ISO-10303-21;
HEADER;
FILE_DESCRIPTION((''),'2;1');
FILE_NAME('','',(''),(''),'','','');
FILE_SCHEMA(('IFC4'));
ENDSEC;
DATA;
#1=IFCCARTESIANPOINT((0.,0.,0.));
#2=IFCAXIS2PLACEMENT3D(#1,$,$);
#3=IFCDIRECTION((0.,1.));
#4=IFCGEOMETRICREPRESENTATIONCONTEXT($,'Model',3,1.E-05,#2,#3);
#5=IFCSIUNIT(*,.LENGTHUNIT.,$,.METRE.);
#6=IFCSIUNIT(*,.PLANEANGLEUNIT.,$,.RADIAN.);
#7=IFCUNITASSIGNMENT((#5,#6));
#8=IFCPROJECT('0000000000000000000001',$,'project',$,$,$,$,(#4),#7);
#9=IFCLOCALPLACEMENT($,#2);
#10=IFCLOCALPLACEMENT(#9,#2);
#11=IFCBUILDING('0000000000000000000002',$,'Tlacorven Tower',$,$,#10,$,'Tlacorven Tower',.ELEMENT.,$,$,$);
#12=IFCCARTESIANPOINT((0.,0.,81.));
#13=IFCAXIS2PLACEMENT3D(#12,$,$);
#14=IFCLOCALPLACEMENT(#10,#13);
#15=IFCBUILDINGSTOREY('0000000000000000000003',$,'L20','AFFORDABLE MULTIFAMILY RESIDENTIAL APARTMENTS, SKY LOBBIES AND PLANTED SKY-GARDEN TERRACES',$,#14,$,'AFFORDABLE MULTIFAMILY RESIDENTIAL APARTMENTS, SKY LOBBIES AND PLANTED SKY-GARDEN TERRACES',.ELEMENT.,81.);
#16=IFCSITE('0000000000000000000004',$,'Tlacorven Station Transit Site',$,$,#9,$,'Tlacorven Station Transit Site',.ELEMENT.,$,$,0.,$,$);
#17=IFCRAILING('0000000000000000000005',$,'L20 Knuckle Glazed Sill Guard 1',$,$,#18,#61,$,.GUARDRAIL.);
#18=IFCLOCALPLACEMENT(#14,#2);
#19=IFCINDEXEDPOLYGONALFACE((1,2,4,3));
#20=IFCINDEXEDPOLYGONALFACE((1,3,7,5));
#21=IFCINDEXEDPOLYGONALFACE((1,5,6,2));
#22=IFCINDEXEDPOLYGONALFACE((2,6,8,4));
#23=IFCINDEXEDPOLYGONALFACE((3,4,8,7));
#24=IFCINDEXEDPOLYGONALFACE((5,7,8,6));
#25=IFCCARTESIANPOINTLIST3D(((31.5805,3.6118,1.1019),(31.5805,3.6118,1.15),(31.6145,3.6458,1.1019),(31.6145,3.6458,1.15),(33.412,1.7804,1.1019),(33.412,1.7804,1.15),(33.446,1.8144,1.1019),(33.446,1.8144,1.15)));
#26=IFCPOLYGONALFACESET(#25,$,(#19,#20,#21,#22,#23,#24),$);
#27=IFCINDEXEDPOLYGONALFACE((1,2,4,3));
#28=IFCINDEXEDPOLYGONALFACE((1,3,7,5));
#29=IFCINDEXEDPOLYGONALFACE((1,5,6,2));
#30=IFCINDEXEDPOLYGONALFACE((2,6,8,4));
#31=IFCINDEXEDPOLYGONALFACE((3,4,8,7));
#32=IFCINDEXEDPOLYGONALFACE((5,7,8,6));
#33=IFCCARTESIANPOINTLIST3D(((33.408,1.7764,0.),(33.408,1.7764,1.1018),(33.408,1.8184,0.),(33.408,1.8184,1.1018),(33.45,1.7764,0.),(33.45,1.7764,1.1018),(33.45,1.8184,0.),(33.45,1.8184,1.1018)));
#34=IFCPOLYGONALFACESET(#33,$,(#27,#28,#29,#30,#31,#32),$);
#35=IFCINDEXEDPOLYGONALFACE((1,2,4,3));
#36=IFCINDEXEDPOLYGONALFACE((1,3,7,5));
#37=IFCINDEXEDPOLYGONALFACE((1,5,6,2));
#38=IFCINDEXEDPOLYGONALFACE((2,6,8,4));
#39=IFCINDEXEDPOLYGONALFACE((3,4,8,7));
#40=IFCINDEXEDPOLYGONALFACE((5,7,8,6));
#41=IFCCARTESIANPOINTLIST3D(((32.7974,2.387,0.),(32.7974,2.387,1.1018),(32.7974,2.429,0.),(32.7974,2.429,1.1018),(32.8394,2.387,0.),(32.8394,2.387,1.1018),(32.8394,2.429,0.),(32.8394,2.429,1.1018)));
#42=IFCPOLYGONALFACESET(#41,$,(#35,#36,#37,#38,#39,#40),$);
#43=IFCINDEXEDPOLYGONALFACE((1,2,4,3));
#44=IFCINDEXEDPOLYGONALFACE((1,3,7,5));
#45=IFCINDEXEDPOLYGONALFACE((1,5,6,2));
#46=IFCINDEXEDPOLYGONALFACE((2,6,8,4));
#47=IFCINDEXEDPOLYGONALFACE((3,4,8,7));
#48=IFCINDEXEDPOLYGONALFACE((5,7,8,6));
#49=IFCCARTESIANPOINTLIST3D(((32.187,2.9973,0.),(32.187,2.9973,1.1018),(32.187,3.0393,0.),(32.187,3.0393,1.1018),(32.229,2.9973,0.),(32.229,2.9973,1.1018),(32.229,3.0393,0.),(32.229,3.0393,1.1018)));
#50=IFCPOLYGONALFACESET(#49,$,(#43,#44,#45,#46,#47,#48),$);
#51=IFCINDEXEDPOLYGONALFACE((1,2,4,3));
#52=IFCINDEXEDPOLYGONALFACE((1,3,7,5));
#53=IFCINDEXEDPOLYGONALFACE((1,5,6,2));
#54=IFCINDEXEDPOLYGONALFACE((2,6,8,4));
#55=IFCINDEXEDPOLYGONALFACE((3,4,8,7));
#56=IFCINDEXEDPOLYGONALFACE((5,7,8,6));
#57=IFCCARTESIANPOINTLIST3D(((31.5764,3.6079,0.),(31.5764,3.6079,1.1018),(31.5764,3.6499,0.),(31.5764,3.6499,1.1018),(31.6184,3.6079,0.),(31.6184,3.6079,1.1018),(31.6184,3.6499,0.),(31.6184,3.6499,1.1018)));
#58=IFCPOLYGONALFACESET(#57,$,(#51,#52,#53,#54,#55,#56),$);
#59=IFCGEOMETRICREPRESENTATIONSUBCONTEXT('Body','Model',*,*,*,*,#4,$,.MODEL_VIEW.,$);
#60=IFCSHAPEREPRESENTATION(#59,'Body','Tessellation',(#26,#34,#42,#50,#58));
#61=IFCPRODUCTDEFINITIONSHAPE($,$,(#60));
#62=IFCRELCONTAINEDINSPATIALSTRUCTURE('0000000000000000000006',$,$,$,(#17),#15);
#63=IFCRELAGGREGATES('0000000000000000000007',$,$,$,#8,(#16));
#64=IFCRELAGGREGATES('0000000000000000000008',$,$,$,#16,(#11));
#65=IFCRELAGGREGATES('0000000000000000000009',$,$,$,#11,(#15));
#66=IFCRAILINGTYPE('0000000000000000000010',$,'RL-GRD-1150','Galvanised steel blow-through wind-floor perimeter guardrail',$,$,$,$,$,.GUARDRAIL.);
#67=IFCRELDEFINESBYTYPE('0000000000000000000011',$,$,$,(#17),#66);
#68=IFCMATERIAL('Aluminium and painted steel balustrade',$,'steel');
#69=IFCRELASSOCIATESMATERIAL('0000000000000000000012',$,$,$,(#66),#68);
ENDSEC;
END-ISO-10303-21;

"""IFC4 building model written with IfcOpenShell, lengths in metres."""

from ifc_helpers import new_model, si_unit, direction, frame, origin, origin_2d, place, context, subcontext, project, spatial, rectangle, extrude, source, transform, mapped, material, type_object, element, save


model = new_model("IFC4")

# Units and contexts
model_context = context("Model", 3, precision=1e-05, world=origin(), true_north=direction((0.0, 1.0)))
body_context = subcontext(model_context, "Body", "Model", "MODEL_VIEW")
ifc_project = project(units=[si_unit("LENGTHUNIT", "METRE"), si_unit("PLANEANGLEUNIT", "RADIAN")], contexts=[model_context])

# Site, building, storey
site_placement = place(None, origin())
site = spatial("IfcSite", under=ifc_project, at=site_placement, Name="Tlacorven Station Transit Site", LongName="Tlacorven Station Transit Site", CompositionType="ELEMENT", RefElevation=0.0)
building_placement = place(site_placement, origin())
building = spatial("IfcBuilding", under=site, at=building_placement, Name="Tlacorven Tower", LongName="Tlacorven Tower", CompositionType="ELEMENT")
storey_placement = place(building_placement, frame((0.0, 0.0, 81.0)))
storey = spatial("IfcBuildingStorey", under=building, at=storey_placement, Name="L20", Description="AFFORDABLE MULTIFAMILY RESIDENTIAL APARTMENTS, SKY LOBBIES AND PLANTED SKY-GARDEN TERRACES", LongName="AFFORDABLE MULTIFAMILY RESIDENTIAL APARTMENTS, SKY LOBBIES AND PLANTED SKY-GARDEN TERRACES", CompositionType="ELEMENT", Elevation=81.0)

# Railing
ifc_material_1 = material(Name="Aluminium and painted steel balustrade", Category="steel")
railing_type = type_object("IfcRailingType", Name="RL-GRD-1150", Description="Galvanised steel blow-through wind-floor perimeter guardrail", PredefinedType="GUARDRAIL", material=ifc_material_1)
shared_shape_1 = source(origin(), body_context, "Body", "SweptSolid", [
    extrude(rectangle(XDim=0.0481, YDim=0.0481, at=origin_2d()), frame((0.0, 0.0, 1.126), z_axis=(-0.707107, 0.707107, 0.0), x_axis=(-0.707107, -0.707107, 0.0)), (0.0, 0.0, 1.0), 2.5901),
    extrude(rectangle(XDim=0.042, YDim=0.042, at=origin_2d()), origin(), (0.0, 0.0, 1.0), 1.1018),
    extrude(rectangle(XDim=0.042, YDim=0.042, at=origin_2d()), frame((-0.6106, 0.6106, 0.0)), (0.0, 0.0, 1.0), 1.1018),
    extrude(rectangle(XDim=0.042, YDim=0.042, at=origin_2d()), frame((-1.2209, 1.2209, 0.0)), (0.0, 0.0, 1.0), 1.1018),
    extrude(rectangle(XDim=0.042, YDim=0.042, at=origin_2d()), frame((-1.8315, 1.8315, 0.0)), (0.0, 0.0, 1.0), 1.1018),
])
railing_placement = place(storey_placement, frame((33.429, 1.7974, 0.0)))
element("IfcRailing", 1, at=railing_placement, inside=storey, type_object=railing_type, Name="L20 Knuckle Glazed Sill Guard 1", PredefinedType="GUARDRAIL", context=body_context, shape_type="MappedRepresentation", body=[
    mapped(shared_shape_1, transform((0.0, 0.0, 0.0), scale=1.0)),
])

save(model, "model.ifc")
